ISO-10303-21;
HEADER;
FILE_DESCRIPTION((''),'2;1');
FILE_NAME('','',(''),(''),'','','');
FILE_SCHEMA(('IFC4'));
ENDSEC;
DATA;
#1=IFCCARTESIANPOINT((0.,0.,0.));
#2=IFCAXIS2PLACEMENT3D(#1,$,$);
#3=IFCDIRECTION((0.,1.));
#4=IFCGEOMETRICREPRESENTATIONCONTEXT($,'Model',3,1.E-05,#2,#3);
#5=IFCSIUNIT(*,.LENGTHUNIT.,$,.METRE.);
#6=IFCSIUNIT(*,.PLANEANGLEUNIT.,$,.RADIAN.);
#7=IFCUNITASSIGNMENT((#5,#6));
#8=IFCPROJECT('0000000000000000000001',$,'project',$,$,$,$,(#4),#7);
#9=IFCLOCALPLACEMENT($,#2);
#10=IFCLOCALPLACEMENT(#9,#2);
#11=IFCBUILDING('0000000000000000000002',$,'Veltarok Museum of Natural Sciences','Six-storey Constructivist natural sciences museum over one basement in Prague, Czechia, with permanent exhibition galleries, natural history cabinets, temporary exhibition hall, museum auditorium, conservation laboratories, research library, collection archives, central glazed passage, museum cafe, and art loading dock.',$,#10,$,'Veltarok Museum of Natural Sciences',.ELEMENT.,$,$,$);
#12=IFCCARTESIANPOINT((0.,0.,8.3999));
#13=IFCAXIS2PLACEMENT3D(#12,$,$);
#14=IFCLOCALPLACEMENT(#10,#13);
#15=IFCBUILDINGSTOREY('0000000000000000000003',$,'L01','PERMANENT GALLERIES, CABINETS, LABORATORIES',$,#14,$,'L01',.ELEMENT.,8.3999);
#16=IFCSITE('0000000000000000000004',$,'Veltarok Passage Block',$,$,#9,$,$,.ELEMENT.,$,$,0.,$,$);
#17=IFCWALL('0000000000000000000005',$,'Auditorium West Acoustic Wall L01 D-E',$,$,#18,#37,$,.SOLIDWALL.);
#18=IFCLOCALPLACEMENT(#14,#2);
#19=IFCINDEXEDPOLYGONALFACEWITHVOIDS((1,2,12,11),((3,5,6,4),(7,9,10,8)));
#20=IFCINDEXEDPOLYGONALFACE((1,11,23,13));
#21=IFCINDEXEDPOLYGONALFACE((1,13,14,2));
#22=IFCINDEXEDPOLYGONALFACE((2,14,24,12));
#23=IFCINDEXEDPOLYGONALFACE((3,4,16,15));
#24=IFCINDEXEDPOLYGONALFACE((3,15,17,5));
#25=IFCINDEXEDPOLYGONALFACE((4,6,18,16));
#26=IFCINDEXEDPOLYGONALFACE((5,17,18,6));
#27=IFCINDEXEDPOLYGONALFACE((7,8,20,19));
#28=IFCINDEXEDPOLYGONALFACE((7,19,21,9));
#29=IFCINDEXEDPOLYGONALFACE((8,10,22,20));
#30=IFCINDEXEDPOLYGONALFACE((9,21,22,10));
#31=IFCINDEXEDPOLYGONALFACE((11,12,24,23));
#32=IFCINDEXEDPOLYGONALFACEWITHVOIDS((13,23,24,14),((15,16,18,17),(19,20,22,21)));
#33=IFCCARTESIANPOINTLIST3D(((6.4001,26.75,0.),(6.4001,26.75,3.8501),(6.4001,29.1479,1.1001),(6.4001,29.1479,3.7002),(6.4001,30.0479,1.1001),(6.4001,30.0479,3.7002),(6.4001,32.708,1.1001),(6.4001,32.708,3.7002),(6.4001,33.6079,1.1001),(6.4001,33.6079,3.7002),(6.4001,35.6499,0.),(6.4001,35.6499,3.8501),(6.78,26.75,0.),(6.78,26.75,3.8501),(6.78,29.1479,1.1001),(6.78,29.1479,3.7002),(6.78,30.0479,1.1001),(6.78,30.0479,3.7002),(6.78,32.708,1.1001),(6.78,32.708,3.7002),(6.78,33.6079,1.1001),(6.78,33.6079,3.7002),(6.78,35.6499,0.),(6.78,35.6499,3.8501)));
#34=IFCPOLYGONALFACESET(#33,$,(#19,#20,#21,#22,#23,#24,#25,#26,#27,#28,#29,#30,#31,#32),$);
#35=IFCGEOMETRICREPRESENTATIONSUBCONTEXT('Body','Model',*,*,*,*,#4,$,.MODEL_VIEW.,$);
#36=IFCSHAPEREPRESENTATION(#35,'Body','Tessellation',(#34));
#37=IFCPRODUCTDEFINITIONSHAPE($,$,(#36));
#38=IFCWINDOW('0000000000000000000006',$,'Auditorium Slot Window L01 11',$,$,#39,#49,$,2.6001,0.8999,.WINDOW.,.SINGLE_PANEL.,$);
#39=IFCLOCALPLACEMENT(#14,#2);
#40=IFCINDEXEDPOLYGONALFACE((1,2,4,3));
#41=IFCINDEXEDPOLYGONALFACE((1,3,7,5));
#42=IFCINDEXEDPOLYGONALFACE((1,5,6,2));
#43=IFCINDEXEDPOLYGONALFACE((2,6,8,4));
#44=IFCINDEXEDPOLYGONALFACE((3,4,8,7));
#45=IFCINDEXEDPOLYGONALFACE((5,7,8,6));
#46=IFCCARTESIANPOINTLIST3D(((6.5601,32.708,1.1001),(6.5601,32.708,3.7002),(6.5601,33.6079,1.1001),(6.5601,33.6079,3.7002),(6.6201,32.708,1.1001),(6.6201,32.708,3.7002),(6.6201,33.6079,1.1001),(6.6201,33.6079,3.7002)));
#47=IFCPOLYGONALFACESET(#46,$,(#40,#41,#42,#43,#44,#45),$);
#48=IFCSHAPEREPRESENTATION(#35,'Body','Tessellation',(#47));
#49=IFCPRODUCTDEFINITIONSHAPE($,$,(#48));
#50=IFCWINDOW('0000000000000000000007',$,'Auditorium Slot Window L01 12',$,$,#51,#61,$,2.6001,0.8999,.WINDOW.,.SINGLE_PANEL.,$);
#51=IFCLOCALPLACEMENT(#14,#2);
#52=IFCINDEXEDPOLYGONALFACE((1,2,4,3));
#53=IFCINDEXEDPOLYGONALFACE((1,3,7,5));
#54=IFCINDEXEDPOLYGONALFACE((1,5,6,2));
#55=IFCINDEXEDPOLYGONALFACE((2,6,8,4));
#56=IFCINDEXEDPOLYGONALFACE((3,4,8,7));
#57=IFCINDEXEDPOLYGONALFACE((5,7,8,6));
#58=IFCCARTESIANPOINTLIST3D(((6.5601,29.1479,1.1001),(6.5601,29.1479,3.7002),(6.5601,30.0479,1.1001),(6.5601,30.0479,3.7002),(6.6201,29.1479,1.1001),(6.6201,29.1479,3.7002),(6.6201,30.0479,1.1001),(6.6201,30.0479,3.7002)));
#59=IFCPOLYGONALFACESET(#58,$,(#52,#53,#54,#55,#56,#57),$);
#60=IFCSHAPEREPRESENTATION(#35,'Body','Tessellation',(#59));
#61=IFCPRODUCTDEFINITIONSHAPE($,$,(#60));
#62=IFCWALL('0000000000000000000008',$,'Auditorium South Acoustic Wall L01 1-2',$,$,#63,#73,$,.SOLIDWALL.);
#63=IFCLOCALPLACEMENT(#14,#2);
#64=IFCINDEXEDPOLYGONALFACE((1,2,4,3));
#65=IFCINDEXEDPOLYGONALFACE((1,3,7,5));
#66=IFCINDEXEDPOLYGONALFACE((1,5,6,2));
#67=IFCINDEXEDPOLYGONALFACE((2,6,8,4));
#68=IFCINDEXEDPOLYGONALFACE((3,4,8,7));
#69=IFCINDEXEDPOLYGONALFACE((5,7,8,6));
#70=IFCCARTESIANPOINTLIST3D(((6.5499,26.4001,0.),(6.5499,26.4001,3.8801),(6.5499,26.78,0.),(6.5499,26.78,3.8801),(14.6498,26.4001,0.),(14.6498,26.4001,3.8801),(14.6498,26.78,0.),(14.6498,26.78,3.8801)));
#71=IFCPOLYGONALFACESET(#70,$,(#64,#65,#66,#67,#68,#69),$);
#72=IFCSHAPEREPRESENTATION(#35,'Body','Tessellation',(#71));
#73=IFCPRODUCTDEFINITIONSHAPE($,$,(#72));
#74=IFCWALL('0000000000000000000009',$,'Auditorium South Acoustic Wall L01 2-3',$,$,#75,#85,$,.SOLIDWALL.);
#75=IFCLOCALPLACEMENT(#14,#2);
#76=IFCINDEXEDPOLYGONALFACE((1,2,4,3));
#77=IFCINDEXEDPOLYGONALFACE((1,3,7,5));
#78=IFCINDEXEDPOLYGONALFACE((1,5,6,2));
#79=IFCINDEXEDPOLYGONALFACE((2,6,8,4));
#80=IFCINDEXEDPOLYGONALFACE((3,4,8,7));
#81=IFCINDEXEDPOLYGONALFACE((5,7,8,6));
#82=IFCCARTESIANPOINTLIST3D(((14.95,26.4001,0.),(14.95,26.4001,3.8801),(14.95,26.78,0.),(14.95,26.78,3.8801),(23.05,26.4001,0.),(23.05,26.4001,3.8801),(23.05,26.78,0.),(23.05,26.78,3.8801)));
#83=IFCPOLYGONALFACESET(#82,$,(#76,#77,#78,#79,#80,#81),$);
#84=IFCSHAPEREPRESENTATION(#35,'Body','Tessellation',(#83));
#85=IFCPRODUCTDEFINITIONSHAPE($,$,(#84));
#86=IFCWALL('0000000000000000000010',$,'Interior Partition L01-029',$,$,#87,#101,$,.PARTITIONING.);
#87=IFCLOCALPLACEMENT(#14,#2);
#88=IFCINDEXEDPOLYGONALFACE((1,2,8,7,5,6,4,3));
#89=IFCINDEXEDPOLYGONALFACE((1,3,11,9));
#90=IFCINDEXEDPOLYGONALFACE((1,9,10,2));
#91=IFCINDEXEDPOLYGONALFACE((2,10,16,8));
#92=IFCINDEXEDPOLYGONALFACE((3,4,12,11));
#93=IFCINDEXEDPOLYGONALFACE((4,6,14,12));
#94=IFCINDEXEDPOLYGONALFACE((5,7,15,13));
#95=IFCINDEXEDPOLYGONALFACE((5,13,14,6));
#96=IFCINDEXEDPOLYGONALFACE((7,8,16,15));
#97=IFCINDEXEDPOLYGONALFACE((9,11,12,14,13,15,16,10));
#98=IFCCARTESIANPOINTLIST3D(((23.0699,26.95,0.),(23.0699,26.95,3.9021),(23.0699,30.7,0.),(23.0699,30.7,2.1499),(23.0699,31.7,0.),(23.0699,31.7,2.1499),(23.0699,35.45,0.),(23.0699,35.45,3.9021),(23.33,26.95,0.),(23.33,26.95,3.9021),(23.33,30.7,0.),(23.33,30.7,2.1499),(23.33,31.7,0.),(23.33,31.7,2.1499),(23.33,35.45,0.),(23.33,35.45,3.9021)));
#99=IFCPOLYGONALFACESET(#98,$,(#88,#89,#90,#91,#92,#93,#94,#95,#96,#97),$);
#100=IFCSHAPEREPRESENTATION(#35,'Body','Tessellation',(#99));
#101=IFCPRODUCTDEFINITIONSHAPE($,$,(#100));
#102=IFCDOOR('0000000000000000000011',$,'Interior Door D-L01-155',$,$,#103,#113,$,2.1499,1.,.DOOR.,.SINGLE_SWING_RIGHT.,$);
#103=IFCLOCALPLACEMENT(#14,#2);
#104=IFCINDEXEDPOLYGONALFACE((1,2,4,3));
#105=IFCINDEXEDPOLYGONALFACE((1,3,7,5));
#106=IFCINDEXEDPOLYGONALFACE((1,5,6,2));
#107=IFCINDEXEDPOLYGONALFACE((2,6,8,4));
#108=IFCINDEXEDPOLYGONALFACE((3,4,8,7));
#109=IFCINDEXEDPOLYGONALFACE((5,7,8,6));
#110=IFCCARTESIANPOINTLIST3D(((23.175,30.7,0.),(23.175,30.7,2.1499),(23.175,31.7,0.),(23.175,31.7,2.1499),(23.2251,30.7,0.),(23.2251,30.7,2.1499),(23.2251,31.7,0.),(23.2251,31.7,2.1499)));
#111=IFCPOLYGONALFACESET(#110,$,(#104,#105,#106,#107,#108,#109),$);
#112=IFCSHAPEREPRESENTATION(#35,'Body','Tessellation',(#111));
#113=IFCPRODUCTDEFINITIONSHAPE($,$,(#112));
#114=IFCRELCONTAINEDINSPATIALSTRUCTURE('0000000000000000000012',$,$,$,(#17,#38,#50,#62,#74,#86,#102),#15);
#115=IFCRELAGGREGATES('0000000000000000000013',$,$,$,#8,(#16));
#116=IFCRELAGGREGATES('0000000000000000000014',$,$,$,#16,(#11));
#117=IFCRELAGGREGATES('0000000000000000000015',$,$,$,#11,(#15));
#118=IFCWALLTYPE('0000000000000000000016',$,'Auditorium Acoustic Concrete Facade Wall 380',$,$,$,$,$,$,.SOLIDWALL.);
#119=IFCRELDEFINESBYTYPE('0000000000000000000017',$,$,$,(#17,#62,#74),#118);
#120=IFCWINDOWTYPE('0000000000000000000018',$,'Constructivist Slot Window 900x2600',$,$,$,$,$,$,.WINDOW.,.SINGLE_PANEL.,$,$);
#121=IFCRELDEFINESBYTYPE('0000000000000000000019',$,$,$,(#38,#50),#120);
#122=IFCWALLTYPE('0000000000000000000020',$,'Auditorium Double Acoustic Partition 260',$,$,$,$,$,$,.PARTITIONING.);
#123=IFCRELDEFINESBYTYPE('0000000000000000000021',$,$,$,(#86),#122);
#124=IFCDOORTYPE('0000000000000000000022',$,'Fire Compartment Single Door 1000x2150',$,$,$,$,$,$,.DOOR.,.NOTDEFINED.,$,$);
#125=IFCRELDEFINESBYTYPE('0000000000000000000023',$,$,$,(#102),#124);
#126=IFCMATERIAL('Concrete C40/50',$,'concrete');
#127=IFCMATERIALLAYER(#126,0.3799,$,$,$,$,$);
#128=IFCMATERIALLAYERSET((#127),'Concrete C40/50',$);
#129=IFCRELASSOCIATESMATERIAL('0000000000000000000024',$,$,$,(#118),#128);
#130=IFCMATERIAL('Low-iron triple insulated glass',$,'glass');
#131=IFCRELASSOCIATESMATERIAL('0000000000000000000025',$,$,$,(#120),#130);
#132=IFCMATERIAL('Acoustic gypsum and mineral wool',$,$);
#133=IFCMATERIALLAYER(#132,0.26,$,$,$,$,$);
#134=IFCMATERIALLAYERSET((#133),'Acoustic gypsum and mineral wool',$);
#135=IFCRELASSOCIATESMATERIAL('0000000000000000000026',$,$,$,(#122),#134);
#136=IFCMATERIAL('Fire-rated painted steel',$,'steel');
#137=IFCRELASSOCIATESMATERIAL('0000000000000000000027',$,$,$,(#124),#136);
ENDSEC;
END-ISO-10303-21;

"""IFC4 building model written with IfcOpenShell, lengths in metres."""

from ifc_helpers import new_model, si_unit, direction, frame, frame_2d, origin, place, context, subcontext, project, spatial, rectangle, extrude, material, layer, layer_set, type_object, element, fill, save


model = new_model("IFC4")

# Units and contexts
model_context = context("Model", 3, precision=1e-05, world=origin(), true_north=direction((0.0, 1.0)))
body_context = subcontext(model_context, "Body", "Model", "MODEL_VIEW")
ifc_project = project(units=[si_unit("LENGTHUNIT", "METRE"), si_unit("PLANEANGLEUNIT", "RADIAN")], contexts=[model_context])

# Site, building, storey
site_placement = place(None, origin())
site = spatial("IfcSite", under=ifc_project, at=site_placement, Name="Veltarok Passage Block", CompositionType="ELEMENT", RefElevation=0.0)
building_placement = place(site_placement, origin())
building = spatial("IfcBuilding", under=site, at=building_placement, Name="Veltarok Museum of Natural Sciences", Description="Six-storey Constructivist natural sciences museum over one basement in Prague, Czechia, with permanent exhibition galleries, natural history cabinets, temporary exhibition hall, museum auditorium, conservation laboratories, research library, collection archives, central glazed passage, museum cafe, and art loading dock.", LongName="Veltarok Museum of Natural Sciences", CompositionType="ELEMENT")
storey_placement = place(building_placement, frame((0.0, 0.0, 8.3999)))
storey = spatial("IfcBuildingStorey", under=building, at=storey_placement, Name="L01", Description="PERMANENT GALLERIES, CABINETS, LABORATORIES", LongName="L01", CompositionType="ELEMENT", Elevation=8.3999)

# Wall, openings, windows
ifc_material_1 = material(Name="Concrete C40/50", Category="concrete")
ifc_layer_1 = layer(ifc_material_1, 0.3799)
ifc_layer_set_1 = layer_set([ifc_layer_1], Name="Concrete C40/50")
wall_type_1 = type_object("IfcWallType", Name="Auditorium Acoustic Concrete Facade Wall 380", PredefinedType="SOLIDWALL", material=ifc_layer_set_1)
wall_1_placement = place(storey_placement, frame((6.5901, 35.6499, 0.0), z_axis=(0.0, 0.0, 1.0), x_axis=(0.0, -1.0, 0.0)))
wall_1 = element("IfcWall", 1, at=wall_1_placement, inside=storey, type_object=wall_type_1, Name="Auditorium West Acoustic Wall L01 D-E", PredefinedType="SOLIDWALL", context=body_context, shape_type="SweptSolid", body=[
    extrude(rectangle(XDim=8.8999, YDim=0.3799, at=frame_2d((4.45, 0.0))), origin(), (0.0, 0.0, 1.0), 3.8501),
])
opening_1_placement = place(wall_1_placement, frame((2.042, 0.0, 1.1001)))
opening_1 = element("IfcOpeningElement", 2, at=opening_1_placement, cuts=wall_1, PredefinedType="OPENING", context=body_context, shape_type="SweptSolid", body=[
    extrude(rectangle(XDim=0.8999, YDim=2.6001, at=frame_2d((0.45, 1.3))), frame((0.0, 0.2, 0.0), z_axis=(0.0, -1.0, 0.0), x_axis=(1.0, 0.0, 0.0)), (0.0, 0.0, 1.0), 0.3999),
])
opening_2_placement = place(wall_1_placement, frame((5.6021, 0.0, 1.1001)))
opening_2 = element("IfcOpeningElement", 3, at=opening_2_placement, cuts=wall_1, PredefinedType="OPENING", context=body_context, shape_type="SweptSolid", body=[
    extrude(rectangle(XDim=0.8999, YDim=2.6001, at=frame_2d((0.45, 1.3))), frame((0.0, 0.2, 0.0), z_axis=(0.0, -1.0, 0.0), x_axis=(1.0, 0.0, 0.0)), (0.0, 0.0, 1.0), 0.3999),
])
ifc_material_2 = material(Name="Low-iron triple insulated glass", Category="glass")
window_type = type_object("IfcWindowType", Name="Constructivist Slot Window 900x2600", PartitioningType="SINGLE_PANEL", PredefinedType="WINDOW", material=ifc_material_2)
window_1_placement = place(opening_1_placement, origin())
window_1 = element("IfcWindow", 4, at=window_1_placement, inside=storey, type_object=window_type, Name="Auditorium Slot Window L01 11", OverallHeight=2.6001, OverallWidth=0.8999, PartitioningType="SINGLE_PANEL", PredefinedType="WINDOW", context=body_context, shape_type="SweptSolid", body=[
    extrude(rectangle(XDim=0.8999, YDim=2.6001, at=frame_2d((0.45, 1.3))), frame((0.0, 0.03, 0.0), z_axis=(0.0, -1.0, 0.0), x_axis=(1.0, 0.0, 0.0)), (0.0, 0.0, 1.0), 0.0601),
])
fill(opening_1, window_1)
window_2_placement = place(opening_2_placement, origin())
window_2 = element("IfcWindow", 5, at=window_2_placement, inside=storey, type_object=window_type, Name="Auditorium Slot Window L01 12", OverallHeight=2.6001, OverallWidth=0.8999, PartitioningType="SINGLE_PANEL", PredefinedType="WINDOW", context=body_context, shape_type="SweptSolid", body=[
    extrude(rectangle(XDim=0.8999, YDim=2.6001, at=frame_2d((0.45, 1.3))), frame((0.0, 0.03, 0.0), z_axis=(0.0, -1.0, 0.0), x_axis=(1.0, 0.0, 0.0)), (0.0, 0.0, 1.0), 0.0601),
])
fill(opening_2, window_2)

# Walls
wall_2_placement = place(storey_placement, frame((6.55, 26.5901, 0.0), z_axis=(0.0, 0.0, 1.0), x_axis=(1.0, 0.0, 0.0)))
element("IfcWall", 6, at=wall_2_placement, inside=storey, type_object=wall_type_1, Name="Auditorium South Acoustic Wall L01 1-2", PredefinedType="SOLIDWALL", context=body_context, shape_type="SweptSolid", body=[
    extrude(rectangle(XDim=8.0999, YDim=0.3799, at=frame_2d((4.0498, 0.0))), origin(), (0.0, 0.0, 1.0), 3.8801),
])
wall_3_placement = place(storey_placement, frame((14.95, 26.5901, 0.0), z_axis=(0.0, 0.0, 1.0), x_axis=(1.0, 0.0, 0.0)))
element("IfcWall", 7, at=wall_3_placement, inside=storey, type_object=wall_type_1, Name="Auditorium South Acoustic Wall L01 2-3", PredefinedType="SOLIDWALL", context=body_context, shape_type="SweptSolid", body=[
    extrude(rectangle(XDim=8.1001, YDim=0.3799, at=frame_2d((4.05, 0.0))), origin(), (0.0, 0.0, 1.0), 3.8801),
])

# Wall, opening, door
ifc_material_3 = material(Name="Acoustic gypsum and mineral wool")
ifc_layer_2 = layer(ifc_material_3, 0.26)
ifc_layer_set_2 = layer_set([ifc_layer_2], Name="Acoustic gypsum and mineral wool")
wall_type_2 = type_object("IfcWallType", Name="Auditorium Double Acoustic Partition 260", PredefinedType="PARTITIONING", material=ifc_layer_set_2)
wall_4_placement = place(storey_placement, frame((23.2, 26.95, 0.0), z_axis=(0.0, 0.0, 1.0), x_axis=(0.0, 1.0, 0.0)))
wall_4 = element("IfcWall", 8, at=wall_4_placement, inside=storey, type_object=wall_type_2, Name="Interior Partition L01-029", PredefinedType="PARTITIONING", context=body_context, shape_type="SweptSolid", body=[
    extrude(rectangle(XDim=8.5, YDim=0.26, at=frame_2d((4.25, 0.0))), origin(), (0.0, 0.0, 1.0), 3.9021),
])
opening_3_placement = place(wall_4_placement, frame((3.75, 0.0, 0.0)))
opening_3 = element("IfcOpeningElement", 9, at=opening_3_placement, cuts=wall_4, PredefinedType="OPENING", context=body_context, shape_type="SweptSolid", body=[
    extrude(rectangle(XDim=1.0, YDim=2.1499, at=frame_2d((0.5, 1.075))), frame((0.0, 0.1401, 0.0), z_axis=(0.0, -1.0, 0.0), x_axis=(1.0, 0.0, 0.0)), (0.0, 0.0, 1.0), 0.28),
])
ifc_material_4 = material(Name="Fire-rated painted steel", Category="steel")
door_type = type_object("IfcDoorType", Name="Fire Compartment Single Door 1000x2150", OperationType="NOTDEFINED", PredefinedType="DOOR", material=ifc_material_4)
door_placement = place(opening_3_placement, origin())
door = element("IfcDoor", 10, at=door_placement, inside=storey, type_object=door_type, Name="Interior Door D-L01-155", OperationType="SINGLE_SWING_RIGHT", OverallHeight=2.1499, OverallWidth=1.0, PredefinedType="DOOR", context=body_context, shape_type="SweptSolid", body=[
    extrude(rectangle(XDim=1.0, YDim=2.1499, at=frame_2d((0.5, 1.075))), frame((0.0, 0.0249, 0.0), z_axis=(0.0, -1.0, 0.0), x_axis=(1.0, 0.0, 0.0)), (0.0, 0.0, 1.0), 0.05),
])
fill(opening_3, door)

save(model, "model.ifc")
